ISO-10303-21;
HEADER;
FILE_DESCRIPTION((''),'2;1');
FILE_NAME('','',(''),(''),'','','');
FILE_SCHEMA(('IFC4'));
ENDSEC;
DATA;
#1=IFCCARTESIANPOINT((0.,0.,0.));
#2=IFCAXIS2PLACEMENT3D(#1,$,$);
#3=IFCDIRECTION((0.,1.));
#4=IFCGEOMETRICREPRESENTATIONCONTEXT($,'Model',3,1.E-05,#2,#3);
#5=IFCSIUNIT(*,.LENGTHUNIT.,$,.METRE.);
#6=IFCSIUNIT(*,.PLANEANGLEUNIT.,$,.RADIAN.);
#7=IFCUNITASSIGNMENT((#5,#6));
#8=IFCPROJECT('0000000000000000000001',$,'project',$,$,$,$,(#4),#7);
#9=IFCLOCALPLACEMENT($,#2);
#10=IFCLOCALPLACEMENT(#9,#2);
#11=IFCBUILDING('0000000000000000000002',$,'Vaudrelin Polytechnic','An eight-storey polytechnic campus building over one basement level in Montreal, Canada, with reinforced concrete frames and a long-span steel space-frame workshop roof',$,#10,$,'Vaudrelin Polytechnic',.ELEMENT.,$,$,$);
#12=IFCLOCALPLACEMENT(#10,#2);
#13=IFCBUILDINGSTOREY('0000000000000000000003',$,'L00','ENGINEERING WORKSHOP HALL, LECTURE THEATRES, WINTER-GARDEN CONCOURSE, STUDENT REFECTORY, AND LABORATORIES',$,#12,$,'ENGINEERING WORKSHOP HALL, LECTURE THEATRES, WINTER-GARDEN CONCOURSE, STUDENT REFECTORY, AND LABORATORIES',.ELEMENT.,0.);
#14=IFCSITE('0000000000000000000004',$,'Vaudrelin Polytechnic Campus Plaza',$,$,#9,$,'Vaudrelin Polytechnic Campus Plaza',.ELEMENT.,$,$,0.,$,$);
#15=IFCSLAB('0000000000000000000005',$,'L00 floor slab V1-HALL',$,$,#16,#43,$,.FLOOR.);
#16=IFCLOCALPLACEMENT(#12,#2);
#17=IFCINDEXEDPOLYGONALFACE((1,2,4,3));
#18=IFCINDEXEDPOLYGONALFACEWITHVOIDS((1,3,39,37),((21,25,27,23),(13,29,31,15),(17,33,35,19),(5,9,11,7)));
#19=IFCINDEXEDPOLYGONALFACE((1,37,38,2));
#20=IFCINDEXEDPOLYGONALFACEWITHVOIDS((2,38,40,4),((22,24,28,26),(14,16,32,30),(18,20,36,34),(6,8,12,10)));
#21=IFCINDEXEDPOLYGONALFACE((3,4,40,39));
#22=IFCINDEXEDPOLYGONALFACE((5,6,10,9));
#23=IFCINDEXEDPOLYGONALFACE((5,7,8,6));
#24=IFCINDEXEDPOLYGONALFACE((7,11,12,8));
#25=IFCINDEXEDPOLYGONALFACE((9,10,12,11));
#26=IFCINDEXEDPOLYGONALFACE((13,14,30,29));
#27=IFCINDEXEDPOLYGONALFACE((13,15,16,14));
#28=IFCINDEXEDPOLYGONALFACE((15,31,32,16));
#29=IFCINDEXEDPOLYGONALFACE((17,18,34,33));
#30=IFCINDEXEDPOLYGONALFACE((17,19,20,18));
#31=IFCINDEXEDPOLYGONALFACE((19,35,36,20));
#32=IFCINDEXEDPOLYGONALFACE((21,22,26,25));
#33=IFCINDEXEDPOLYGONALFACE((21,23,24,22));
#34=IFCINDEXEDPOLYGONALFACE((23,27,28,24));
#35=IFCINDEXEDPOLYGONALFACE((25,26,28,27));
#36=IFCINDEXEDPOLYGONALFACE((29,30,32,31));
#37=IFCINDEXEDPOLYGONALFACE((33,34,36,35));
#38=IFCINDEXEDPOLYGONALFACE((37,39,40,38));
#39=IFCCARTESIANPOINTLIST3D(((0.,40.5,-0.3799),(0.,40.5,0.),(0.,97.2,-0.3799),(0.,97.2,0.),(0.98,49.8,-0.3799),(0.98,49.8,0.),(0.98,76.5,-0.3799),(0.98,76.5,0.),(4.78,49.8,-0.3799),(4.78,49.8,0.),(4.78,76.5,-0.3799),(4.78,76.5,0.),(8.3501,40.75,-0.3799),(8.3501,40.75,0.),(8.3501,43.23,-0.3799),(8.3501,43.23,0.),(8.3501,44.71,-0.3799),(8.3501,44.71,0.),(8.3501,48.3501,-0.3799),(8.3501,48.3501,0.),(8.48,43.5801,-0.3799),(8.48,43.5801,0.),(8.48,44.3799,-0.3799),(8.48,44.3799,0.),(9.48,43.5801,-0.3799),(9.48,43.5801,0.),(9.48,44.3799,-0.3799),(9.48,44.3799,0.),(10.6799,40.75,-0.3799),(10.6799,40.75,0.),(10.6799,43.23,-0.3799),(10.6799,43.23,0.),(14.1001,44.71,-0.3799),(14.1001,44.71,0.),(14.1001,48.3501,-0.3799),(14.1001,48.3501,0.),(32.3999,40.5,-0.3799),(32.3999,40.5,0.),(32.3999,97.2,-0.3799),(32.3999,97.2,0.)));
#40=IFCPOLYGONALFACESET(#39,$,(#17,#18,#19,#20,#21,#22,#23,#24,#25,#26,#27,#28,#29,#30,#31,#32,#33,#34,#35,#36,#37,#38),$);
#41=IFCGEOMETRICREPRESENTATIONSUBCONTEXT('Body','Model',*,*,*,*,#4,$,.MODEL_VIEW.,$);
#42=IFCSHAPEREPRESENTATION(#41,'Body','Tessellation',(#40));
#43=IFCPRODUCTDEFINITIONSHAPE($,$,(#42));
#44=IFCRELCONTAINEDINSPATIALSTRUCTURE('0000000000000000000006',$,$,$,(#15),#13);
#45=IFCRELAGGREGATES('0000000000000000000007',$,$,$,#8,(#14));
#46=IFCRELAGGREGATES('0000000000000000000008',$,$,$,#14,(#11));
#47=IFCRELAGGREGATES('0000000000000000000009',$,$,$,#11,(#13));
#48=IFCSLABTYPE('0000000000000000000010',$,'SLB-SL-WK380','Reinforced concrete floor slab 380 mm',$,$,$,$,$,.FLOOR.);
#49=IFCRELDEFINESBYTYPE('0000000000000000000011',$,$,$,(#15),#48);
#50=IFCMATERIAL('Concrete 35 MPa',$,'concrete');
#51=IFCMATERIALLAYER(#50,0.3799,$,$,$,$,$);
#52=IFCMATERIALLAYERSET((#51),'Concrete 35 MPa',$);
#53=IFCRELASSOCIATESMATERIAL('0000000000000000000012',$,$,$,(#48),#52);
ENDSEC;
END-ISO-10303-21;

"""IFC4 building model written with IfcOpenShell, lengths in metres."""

from ifc_helpers import new_model, si_unit, direction, frame, origin, place, context, subcontext, project, spatial, polyline, outline, extrude, material, layer, layer_set, type_object, element, save


model = new_model("IFC4")

# Units and contexts
model_context = context("Model", 3, precision=1e-05, world=origin(), true_north=direction((0.0, 1.0)))
body_context = subcontext(model_context, "Body", "Model", "MODEL_VIEW")
ifc_project = project(units=[si_unit("LENGTHUNIT", "METRE"), si_unit("PLANEANGLEUNIT", "RADIAN")], contexts=[model_context])

# Site, building, storey
site_placement = place(None, origin())
site = spatial("IfcSite", under=ifc_project, at=site_placement, Name="Vaudrelin Polytechnic Campus Plaza", LongName="Vaudrelin Polytechnic Campus Plaza", CompositionType="ELEMENT", RefElevation=0.0)
building_placement = place(site_placement, origin())
building = spatial("IfcBuilding", under=site, at=building_placement, Name="Vaudrelin Polytechnic", Description="An eight-storey polytechnic campus building over one basement level in Montreal, Canada, with reinforced concrete frames and a long-span steel space-frame workshop roof", LongName="Vaudrelin Polytechnic", CompositionType="ELEMENT")
storey_placement = place(building_placement, origin())
storey = spatial("IfcBuildingStorey", under=building, at=storey_placement, Name="L00", Description="ENGINEERING WORKSHOP HALL, LECTURE THEATRES, WINTER-GARDEN CONCOURSE, STUDENT REFECTORY, AND LABORATORIES", LongName="ENGINEERING WORKSHOP HALL, LECTURE THEATRES, WINTER-GARDEN CONCOURSE, STUDENT REFECTORY, AND LABORATORIES", CompositionType="ELEMENT", Elevation=0.0)

# Shared definitions
ifc_material_1 = material(Name="Concrete 35 MPa", Category="concrete")

# Slab
ifc_layer_1 = layer(ifc_material_1, 0.3799)
ifc_layer_set_1 = layer_set([ifc_layer_1], Name="Concrete 35 MPa")
slab_type_1 = type_object("IfcSlabType", Name="SLB-SL-WK380", Description="Reinforced concrete floor slab 380 mm", PredefinedType="FLOOR", material=ifc_layer_set_1)
slab_1_placement = place(storey_placement, frame((0.0, 0.0, -0.3799)))
element("IfcSlab", 1, at=slab_1_placement, inside=storey, type_object=slab_type_1, Name="L00 floor slab V1-HALL", PredefinedType="FLOOR", context=body_context, shape_type="SweptSolid", body=[
    extrude(outline(polyline([(0.0, 40.5), (32.3999, 40.5), (32.3999, 97.2), (0.0, 97.2), (0.0, 40.5)]), holes=[polyline([(8.3501, 44.71), (14.1001, 44.71), (14.1001, 48.3501), (8.3501, 48.3501), (8.3501, 44.71)]), polyline([(8.3501, 40.75), (10.6799, 40.75), (10.6799, 43.23), (8.3501, 43.23), (8.3501, 40.75)]), polyline([(8.48, 43.5801), (9.48, 43.5801), (9.48, 44.3799), (8.48, 44.3799), (8.48, 43.5801)]), polyline([(0.98, 49.8), (4.78, 49.8), (4.78, 76.5), (0.98, 76.5), (0.98, 49.8)])]), origin(), (0.0, 0.0, 1.0), 0.3799),
])

save(model, "model.ifc")
